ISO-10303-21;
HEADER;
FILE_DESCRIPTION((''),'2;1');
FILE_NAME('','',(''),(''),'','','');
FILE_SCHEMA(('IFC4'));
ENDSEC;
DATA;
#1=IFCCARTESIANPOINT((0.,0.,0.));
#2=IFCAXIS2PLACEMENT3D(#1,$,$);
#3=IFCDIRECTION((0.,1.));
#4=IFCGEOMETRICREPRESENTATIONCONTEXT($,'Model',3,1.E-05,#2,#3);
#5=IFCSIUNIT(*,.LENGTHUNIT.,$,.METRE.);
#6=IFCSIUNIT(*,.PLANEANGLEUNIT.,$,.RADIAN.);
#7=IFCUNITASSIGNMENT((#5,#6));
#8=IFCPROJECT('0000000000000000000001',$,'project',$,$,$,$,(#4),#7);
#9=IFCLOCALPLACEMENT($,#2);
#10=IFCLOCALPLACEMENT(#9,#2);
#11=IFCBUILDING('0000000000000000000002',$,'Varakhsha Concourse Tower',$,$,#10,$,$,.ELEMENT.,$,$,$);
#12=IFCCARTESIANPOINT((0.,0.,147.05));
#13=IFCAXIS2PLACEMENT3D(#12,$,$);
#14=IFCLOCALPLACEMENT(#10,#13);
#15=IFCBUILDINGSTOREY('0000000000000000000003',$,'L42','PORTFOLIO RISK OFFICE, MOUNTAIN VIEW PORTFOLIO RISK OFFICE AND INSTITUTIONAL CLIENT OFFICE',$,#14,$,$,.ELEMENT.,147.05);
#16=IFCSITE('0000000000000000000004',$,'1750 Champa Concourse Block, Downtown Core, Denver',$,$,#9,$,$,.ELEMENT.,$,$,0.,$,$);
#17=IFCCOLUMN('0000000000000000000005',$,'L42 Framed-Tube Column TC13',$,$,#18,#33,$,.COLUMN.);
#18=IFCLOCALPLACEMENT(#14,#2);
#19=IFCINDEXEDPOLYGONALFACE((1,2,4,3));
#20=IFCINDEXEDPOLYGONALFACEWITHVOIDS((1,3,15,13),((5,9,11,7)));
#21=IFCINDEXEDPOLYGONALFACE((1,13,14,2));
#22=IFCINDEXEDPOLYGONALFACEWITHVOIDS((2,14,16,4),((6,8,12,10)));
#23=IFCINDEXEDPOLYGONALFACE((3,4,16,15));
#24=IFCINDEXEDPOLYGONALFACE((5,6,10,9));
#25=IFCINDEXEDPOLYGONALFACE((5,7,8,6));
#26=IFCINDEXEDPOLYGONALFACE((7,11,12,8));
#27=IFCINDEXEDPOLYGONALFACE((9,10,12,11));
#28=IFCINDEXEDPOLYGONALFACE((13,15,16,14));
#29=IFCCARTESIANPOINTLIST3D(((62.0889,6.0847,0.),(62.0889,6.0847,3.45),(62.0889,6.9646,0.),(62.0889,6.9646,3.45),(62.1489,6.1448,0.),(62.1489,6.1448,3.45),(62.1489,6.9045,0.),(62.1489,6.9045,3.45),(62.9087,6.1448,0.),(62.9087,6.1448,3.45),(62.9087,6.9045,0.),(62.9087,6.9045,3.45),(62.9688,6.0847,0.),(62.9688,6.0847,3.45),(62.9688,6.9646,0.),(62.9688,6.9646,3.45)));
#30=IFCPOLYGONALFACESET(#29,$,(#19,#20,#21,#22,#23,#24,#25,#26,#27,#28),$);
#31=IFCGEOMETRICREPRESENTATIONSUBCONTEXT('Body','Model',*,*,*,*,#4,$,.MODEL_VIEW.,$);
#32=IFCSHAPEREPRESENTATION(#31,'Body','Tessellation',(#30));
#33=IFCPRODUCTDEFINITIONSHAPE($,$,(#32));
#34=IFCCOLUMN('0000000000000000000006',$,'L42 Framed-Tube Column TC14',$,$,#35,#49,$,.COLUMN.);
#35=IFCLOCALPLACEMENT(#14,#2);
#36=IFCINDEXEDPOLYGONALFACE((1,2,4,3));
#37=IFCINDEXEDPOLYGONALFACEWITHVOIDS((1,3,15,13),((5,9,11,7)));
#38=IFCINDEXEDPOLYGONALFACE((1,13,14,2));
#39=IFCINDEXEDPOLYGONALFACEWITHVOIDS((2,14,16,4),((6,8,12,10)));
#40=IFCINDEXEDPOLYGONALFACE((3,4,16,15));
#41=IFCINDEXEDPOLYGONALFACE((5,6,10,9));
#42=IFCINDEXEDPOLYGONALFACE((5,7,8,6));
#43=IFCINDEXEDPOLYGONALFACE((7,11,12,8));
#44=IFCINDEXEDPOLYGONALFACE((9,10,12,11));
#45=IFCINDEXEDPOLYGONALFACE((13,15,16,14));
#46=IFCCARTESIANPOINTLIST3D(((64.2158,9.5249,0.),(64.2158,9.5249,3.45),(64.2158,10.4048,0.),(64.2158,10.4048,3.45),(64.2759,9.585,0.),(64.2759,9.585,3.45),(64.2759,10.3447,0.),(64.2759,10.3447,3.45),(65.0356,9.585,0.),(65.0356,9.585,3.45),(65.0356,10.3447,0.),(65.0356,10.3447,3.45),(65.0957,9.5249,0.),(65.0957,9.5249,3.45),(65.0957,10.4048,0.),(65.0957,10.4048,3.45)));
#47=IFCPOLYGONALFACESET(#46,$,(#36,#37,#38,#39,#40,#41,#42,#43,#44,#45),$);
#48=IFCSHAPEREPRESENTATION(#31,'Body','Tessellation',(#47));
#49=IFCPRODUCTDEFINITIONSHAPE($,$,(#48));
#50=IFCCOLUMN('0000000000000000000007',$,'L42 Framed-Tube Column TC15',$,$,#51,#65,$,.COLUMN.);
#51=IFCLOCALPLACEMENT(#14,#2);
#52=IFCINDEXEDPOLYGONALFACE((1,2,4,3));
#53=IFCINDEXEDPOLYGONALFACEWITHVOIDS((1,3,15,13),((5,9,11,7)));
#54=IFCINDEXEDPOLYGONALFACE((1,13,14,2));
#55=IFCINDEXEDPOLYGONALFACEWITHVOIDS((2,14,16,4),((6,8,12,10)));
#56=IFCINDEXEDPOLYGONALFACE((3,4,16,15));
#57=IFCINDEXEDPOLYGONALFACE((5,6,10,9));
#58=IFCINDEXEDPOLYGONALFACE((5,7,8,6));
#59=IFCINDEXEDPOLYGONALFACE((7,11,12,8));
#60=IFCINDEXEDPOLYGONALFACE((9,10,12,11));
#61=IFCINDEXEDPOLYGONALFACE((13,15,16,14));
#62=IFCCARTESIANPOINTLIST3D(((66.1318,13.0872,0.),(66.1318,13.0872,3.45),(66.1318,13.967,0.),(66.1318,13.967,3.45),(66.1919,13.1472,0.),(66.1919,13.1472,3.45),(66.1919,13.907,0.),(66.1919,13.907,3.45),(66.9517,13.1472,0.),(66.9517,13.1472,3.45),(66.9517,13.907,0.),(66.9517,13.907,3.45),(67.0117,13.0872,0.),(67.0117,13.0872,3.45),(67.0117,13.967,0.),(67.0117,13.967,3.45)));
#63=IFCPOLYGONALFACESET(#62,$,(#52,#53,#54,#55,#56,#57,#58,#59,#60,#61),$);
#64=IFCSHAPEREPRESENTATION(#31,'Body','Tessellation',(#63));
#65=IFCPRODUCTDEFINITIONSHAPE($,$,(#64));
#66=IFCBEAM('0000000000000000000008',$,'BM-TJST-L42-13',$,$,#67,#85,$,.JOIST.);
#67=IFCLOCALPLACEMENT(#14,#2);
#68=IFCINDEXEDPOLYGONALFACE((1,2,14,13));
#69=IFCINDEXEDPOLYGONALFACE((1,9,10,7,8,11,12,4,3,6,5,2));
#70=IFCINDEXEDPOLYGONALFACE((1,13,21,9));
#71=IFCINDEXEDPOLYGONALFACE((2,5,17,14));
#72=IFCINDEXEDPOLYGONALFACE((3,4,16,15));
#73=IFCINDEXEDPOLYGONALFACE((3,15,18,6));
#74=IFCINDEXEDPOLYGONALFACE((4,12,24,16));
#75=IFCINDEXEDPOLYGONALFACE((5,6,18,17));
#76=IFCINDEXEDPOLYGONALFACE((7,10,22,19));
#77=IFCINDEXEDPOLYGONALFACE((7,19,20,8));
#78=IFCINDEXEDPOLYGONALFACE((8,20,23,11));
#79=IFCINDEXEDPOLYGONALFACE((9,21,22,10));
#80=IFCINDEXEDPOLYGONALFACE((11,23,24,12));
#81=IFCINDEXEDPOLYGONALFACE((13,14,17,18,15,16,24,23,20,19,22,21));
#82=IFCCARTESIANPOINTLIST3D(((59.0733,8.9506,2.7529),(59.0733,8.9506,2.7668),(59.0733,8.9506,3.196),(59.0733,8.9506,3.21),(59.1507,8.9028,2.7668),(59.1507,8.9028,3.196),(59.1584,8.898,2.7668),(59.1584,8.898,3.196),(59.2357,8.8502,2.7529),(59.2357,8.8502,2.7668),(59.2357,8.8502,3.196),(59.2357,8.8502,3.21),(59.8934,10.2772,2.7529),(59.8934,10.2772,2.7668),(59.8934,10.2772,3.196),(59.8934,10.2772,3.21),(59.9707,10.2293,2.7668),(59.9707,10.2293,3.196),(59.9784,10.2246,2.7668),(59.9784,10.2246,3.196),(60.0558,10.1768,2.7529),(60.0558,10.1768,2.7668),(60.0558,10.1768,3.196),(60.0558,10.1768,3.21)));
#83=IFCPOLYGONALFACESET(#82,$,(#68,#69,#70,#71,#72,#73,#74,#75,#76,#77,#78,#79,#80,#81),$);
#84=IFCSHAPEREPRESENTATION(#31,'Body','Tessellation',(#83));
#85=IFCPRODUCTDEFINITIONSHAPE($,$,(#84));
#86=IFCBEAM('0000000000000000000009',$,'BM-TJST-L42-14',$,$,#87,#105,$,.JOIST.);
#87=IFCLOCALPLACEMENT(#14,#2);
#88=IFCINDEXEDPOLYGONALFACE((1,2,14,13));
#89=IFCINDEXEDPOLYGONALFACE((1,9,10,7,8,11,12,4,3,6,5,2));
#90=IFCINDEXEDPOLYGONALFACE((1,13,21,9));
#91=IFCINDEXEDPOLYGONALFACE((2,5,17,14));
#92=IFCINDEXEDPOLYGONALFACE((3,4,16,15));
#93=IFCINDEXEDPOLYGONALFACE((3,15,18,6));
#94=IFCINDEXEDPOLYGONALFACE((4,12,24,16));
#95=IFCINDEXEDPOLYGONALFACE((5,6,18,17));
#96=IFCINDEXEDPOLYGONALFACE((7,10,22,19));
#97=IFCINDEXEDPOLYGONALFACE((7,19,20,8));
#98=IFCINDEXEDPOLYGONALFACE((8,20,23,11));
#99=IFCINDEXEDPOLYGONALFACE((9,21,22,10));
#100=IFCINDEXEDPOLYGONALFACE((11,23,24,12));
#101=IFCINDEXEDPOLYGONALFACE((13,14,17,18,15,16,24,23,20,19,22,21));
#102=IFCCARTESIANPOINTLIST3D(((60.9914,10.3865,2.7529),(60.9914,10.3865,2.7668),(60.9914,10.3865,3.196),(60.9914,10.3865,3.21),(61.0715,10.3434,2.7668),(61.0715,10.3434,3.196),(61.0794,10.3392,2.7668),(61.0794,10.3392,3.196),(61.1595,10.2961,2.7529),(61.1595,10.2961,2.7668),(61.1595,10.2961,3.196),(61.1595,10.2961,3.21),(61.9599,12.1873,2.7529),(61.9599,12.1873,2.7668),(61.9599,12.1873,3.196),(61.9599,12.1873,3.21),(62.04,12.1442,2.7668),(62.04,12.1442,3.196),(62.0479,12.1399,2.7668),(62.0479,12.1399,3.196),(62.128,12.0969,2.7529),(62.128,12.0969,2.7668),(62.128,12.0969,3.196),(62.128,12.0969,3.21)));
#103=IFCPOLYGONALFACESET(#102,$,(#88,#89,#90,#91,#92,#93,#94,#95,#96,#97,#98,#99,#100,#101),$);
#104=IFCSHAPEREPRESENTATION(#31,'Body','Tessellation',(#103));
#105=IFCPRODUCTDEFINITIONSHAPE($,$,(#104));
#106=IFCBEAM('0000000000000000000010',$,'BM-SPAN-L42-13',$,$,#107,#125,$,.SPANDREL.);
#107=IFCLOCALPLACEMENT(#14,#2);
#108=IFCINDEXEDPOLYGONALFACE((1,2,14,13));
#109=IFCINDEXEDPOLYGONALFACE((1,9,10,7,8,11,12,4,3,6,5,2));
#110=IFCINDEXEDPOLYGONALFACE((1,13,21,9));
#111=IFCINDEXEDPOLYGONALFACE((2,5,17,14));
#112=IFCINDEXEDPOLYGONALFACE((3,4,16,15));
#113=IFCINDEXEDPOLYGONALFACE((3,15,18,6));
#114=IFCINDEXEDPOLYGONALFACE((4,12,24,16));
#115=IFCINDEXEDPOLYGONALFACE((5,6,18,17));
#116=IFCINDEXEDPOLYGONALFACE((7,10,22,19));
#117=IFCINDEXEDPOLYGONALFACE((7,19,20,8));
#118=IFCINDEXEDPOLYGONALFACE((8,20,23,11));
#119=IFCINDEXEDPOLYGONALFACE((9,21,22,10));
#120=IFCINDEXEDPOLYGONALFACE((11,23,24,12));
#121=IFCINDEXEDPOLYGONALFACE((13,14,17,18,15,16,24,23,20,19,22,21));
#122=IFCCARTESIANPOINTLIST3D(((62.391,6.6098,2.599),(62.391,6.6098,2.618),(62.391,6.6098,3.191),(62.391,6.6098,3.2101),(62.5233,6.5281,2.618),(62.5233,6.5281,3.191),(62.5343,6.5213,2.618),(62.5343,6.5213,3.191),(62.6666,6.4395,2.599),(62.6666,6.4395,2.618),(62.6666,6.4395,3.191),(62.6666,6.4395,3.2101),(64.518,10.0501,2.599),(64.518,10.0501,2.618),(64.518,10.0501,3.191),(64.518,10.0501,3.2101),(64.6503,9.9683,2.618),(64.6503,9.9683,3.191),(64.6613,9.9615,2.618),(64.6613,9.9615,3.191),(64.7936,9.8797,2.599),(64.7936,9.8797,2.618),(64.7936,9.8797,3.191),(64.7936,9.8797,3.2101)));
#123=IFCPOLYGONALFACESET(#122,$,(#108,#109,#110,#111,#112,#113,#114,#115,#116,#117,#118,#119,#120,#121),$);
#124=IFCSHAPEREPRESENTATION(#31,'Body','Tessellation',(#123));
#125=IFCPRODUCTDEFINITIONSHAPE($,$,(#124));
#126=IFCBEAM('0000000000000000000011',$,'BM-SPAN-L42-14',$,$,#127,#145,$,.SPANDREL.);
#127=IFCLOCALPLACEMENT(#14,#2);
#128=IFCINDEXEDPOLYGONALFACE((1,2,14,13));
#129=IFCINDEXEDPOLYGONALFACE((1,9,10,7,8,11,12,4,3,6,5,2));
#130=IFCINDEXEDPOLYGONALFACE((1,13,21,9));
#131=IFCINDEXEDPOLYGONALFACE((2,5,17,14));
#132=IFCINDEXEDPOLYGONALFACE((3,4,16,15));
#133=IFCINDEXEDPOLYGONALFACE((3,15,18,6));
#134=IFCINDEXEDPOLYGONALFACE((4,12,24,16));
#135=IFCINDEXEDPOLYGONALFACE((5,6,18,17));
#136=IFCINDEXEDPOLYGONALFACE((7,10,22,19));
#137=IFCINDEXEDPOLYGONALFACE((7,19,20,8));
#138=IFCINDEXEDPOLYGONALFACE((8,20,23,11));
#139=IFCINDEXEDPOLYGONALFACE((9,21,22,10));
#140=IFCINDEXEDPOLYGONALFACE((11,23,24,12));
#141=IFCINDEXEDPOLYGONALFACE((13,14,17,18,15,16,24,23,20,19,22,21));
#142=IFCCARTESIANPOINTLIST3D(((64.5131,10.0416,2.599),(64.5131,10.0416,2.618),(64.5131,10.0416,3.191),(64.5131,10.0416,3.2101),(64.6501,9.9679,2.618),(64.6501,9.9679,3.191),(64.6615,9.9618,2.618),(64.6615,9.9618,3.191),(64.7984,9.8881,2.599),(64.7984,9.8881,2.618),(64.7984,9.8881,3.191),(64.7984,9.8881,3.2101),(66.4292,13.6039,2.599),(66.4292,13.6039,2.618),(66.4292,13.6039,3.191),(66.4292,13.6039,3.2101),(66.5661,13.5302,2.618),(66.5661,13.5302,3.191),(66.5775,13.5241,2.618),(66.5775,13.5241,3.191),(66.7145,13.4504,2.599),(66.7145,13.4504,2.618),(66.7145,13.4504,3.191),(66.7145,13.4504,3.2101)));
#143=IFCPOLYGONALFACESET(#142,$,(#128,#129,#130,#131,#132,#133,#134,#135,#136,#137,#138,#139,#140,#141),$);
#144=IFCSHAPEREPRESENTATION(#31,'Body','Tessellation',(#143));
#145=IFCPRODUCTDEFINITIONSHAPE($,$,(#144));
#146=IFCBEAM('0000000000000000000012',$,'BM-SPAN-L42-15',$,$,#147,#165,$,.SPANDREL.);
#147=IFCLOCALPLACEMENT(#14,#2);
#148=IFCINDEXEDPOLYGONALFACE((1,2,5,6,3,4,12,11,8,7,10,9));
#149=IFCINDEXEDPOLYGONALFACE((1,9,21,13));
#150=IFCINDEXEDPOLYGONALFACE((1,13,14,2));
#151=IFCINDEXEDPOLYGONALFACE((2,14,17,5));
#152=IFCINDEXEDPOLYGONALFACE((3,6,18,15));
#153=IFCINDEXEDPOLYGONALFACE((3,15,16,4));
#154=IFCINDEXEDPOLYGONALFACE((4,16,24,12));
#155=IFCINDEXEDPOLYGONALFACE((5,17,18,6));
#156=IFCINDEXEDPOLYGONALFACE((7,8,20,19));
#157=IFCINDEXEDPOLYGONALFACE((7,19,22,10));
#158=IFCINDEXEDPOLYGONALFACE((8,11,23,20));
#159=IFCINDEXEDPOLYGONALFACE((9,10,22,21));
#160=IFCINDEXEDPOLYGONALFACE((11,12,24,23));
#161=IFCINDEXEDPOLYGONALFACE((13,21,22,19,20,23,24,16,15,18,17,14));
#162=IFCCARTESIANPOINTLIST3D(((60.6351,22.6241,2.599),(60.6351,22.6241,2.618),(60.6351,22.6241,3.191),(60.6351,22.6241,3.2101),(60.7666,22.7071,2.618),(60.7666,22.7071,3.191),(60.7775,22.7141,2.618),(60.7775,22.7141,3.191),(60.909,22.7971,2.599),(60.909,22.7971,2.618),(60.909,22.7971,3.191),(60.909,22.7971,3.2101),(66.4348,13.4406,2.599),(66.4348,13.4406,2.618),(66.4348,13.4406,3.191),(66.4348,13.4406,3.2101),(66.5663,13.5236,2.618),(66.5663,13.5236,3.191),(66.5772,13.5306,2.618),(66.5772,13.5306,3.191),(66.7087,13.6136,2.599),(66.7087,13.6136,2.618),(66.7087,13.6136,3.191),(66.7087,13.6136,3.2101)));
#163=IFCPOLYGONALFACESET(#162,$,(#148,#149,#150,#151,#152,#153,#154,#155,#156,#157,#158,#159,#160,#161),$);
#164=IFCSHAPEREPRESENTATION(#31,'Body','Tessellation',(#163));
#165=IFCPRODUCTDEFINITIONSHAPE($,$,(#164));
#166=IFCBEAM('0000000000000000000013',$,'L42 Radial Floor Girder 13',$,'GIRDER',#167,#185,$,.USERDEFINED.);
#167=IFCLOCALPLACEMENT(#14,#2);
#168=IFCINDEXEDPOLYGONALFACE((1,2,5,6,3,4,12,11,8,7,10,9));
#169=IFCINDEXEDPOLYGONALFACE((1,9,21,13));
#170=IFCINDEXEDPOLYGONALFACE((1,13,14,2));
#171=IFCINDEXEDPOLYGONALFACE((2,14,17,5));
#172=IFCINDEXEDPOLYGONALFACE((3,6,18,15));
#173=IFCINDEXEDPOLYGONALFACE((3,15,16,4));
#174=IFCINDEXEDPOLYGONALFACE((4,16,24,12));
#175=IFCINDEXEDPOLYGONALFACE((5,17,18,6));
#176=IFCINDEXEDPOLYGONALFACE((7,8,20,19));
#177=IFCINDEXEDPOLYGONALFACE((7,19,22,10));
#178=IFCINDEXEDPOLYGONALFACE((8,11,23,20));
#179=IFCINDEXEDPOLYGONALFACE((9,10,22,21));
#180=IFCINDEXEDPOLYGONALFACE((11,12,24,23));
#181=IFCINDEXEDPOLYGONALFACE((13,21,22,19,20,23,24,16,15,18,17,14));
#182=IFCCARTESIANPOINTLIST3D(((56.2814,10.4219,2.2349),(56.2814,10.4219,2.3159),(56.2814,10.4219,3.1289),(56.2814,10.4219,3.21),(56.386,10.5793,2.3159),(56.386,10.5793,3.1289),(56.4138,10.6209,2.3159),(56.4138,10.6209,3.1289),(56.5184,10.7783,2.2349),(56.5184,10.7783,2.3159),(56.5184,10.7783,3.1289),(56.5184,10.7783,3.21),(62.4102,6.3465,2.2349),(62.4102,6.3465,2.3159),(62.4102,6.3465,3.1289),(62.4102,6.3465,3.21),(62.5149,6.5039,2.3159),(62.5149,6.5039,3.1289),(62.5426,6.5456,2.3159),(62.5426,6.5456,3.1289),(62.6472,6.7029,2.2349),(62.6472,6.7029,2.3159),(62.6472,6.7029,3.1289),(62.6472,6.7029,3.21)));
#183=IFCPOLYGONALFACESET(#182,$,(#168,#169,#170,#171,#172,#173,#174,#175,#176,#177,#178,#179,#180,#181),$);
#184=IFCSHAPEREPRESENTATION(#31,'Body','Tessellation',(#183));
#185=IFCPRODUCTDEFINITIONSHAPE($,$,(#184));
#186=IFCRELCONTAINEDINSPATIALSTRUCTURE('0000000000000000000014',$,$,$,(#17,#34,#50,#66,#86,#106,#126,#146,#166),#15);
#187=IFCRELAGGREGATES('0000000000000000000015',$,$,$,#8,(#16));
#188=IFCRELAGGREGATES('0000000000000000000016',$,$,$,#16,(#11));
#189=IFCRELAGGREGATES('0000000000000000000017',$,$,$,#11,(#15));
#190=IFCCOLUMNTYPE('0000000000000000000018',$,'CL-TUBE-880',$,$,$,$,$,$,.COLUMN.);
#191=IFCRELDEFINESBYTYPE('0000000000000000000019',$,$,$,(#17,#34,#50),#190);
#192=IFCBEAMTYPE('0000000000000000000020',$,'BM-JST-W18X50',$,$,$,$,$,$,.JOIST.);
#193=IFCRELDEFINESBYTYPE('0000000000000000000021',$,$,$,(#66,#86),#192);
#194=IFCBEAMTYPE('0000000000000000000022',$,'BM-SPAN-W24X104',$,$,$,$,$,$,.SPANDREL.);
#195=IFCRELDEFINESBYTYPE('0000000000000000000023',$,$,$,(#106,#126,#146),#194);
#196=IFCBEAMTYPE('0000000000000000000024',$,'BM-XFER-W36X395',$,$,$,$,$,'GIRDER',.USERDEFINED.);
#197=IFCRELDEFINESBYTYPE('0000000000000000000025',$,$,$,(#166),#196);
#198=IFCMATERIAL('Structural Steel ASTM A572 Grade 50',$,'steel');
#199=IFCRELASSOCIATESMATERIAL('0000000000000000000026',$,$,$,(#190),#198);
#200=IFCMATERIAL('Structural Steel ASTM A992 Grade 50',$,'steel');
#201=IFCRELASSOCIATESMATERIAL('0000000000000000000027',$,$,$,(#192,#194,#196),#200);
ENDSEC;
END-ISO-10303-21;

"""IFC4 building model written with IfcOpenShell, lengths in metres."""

from ifc_helpers import new_model, si_unit, direction, frame, origin, origin_2d, place, context, subcontext, project, spatial, hollow_rectangle, i_section, extrude, material, material_profile, profile_set, type_object, element, save


model = new_model("IFC4")

# Units and contexts
model_context = context("Model", 3, precision=1e-05, world=origin(), true_north=direction((0.0, 1.0)))
body_context = subcontext(model_context, "Body", "Model", "MODEL_VIEW")
ifc_project = project(units=[si_unit("LENGTHUNIT", "METRE"), si_unit("PLANEANGLEUNIT", "RADIAN")], contexts=[model_context])

# Site, building, storey
site_placement = place(None, origin())
site = spatial("IfcSite", under=ifc_project, at=site_placement, Name="1750 Champa Concourse Block, Downtown Core, Denver", CompositionType="ELEMENT", RefElevation=0.0)
building_placement = place(site_placement, origin())
building = spatial("IfcBuilding", under=site, at=building_placement, Name="Varakhsha Concourse Tower", CompositionType="ELEMENT")
storey_placement = place(building_placement, frame((0.0, 0.0, 147.05)))
storey = spatial("IfcBuildingStorey", under=building, at=storey_placement, Name="L42", Description="PORTFOLIO RISK OFFICE, MOUNTAIN VIEW PORTFOLIO RISK OFFICE AND INSTITUTIONAL CLIENT OFFICE", CompositionType="ELEMENT", Elevation=147.05)

# Columns
ifc_material_1 = material(Name="Structural Steel ASTM A572 Grade 50", Category="steel")
ifc_material_profile_1 = material_profile(ifc_material_1, hollow_rectangle(XDim=0.8799, YDim=0.8799, WallThickness=0.0601, at=origin_2d()), Name="BOX 880x880x60")
ifc_profile_set_1 = profile_set([ifc_material_profile_1], Name="Structural Steel ASTM A572 Grade 50")
column_type = type_object("IfcColumnType", Name="CL-TUBE-880", PredefinedType="COLUMN", material=ifc_profile_set_1)
for number, where, z_axis, x_axis, name in (
    (1, (62.5288, 6.5247, 0.0), (0.0, 0.0, 1.0), (1.0, 0.0, 0.0), "L42 Framed-Tube Column TC13"),
    (2, (64.6558, 9.9648, 0.0), (0.0, 0.0, 1.0), (1.0, 0.0, 0.0), "L42 Framed-Tube Column TC14"),
    (3, (66.5718, 13.5271, 0.0), (0.0, 0.0, 1.0), (1.0, 0.0, 0.0), "L42 Framed-Tube Column TC15"),
):
    element("IfcColumn", number, at=place(storey_placement, frame(where, z_axis=z_axis, x_axis=x_axis)), inside=storey, type_object=column_type, Name=name, PredefinedType="COLUMN", context=body_context, shape_type="SweptSolid", body=[
        extrude(hollow_rectangle(XDim=0.8799, YDim=0.8799, WallThickness=0.0601, at=origin_2d()), origin(), (0.0, 0.0, 1.0), 3.45),
    ])

# Beams
ifc_material_2 = material(Name="Structural Steel ASTM A992 Grade 50", Category="steel")
ifc_material_profile_2 = material_profile(ifc_material_2, i_section(OverallWidth=0.1909, OverallDepth=0.457, WebThickness=0.009, FlangeThickness=0.0139, at=origin_2d()), Name="W18X50")
ifc_profile_set_2 = profile_set([ifc_material_profile_2], Name="Structural Steel ASTM A992 Grade 50")
beam_type_1 = type_object("IfcBeamType", Name="BM-JST-W18X50", PredefinedType="JOIST", material=ifc_profile_set_2)
beam_1_placement = place(storey_placement, frame((59.1545, 8.9004, 2.9814), z_axis=(0.525799, 0.850609, 0.0), x_axis=(-0.850609, 0.525799, 0.0)))
element("IfcBeam", 4, at=beam_1_placement, inside=storey, type_object=beam_type_1, Name="BM-TJST-L42-13", PredefinedType="JOIST", context=body_context, shape_type="SweptSolid", body=[
    extrude(i_section(OverallWidth=0.1909, OverallDepth=0.457, WebThickness=0.009, FlangeThickness=0.0139, at=origin_2d()), origin(), (0.0, 0.0, 1.0), 1.5596),
])
beam_2_placement = place(storey_placement, frame((61.0754, 10.3413, 2.9814), z_axis=(0.473665, 0.880705, 0.0), x_axis=(-0.880705, 0.473665, 0.0)))
element("IfcBeam", 5, at=beam_2_placement, inside=storey, type_object=beam_type_1, Name="BM-TJST-L42-14", PredefinedType="JOIST", context=body_context, shape_type="SweptSolid", body=[
    extrude(i_section(OverallWidth=0.1909, OverallDepth=0.457, WebThickness=0.009, FlangeThickness=0.0139, at=origin_2d()), origin(), (0.0, 0.0, 1.0), 2.0447),
])
ifc_material_profile_3 = material_profile(ifc_material_2, i_section(OverallWidth=0.324, OverallDepth=0.6111, WebThickness=0.0129, FlangeThickness=0.019, at=origin_2d()), Name="W24X104")
ifc_profile_set_3 = profile_set([ifc_material_profile_3], Name="Structural Steel ASTM A992 Grade 50")
beam_type_2 = type_object("IfcBeamType", Name="BM-SPAN-W24X104", PredefinedType="SPANDREL", material=ifc_profile_set_3)
beam_3_placement = place(storey_placement, frame((62.5288, 6.5247, 2.9045), z_axis=(0.525875, 0.850562, 0.0), x_axis=(-0.850562, 0.525875, 0.0)))
element("IfcBeam", 6, at=beam_3_placement, inside=storey, type_object=beam_type_2, Name="BM-SPAN-L42-13", PredefinedType="SPANDREL", context=body_context, shape_type="SweptSolid", body=[
    extrude(i_section(OverallWidth=0.324, OverallDepth=0.6111, WebThickness=0.0129, FlangeThickness=0.019, at=origin_2d()), origin(), (0.0, 0.0, 1.0), 4.0447),
])
beam_4_placement = place(storey_placement, frame((64.6558, 9.9648, 2.9045), z_axis=(0.473693, 0.88069, 0.0), x_axis=(-0.88069, 0.473693, 0.0)))
element("IfcBeam", 7, at=beam_4_placement, inside=storey, type_object=beam_type_2, Name="BM-SPAN-L42-14", PredefinedType="SPANDREL", context=body_context, shape_type="SweptSolid", body=[
    extrude(i_section(OverallWidth=0.324, OverallDepth=0.6111, WebThickness=0.0129, FlangeThickness=0.019, at=origin_2d()), origin(), (0.0, 0.0, 1.0), 4.0449),
])
beam_5_placement = place(storey_placement, frame((66.5718, 13.5271, 2.9045), z_axis=(-0.533969, 0.845504, 0.0), x_axis=(-0.845504, -0.533969, 0.0)))
element("IfcBeam", 8, at=beam_5_placement, inside=storey, type_object=beam_type_2, Name="BM-SPAN-L42-15", PredefinedType="SPANDREL", context=body_context, shape_type="SweptSolid", body=[
    extrude(i_section(OverallWidth=0.324, OverallDepth=0.6111, WebThickness=0.0129, FlangeThickness=0.019, at=origin_2d()), origin(), (0.0, 0.0, 1.0), 10.8616),
])
ifc_material_profile_4 = material_profile(ifc_material_2, i_section(OverallWidth=0.428, OverallDepth=0.9751, WebThickness=0.05, FlangeThickness=0.0811, at=origin_2d()), Name="W36X395")
ifc_profile_set_4 = profile_set([ifc_material_profile_4], Name="Structural Steel ASTM A992 Grade 50")
beam_type_3 = type_object("IfcBeamType", Name="BM-XFER-W36X395", ElementType="GIRDER", PredefinedType="USERDEFINED", material=ifc_profile_set_4)
beam_6_placement = place(storey_placement, frame((56.3999, 10.6001, 2.7224), z_axis=(0.832708, -0.553712, 0.0), x_axis=(0.553712, 0.832708, 0.0)))
element("IfcBeam", 9, at=beam_6_placement, inside=storey, type_object=beam_type_3, Name="L42 Radial Floor Girder 13", ObjectType="GIRDER", PredefinedType="USERDEFINED", context=body_context, shape_type="SweptSolid", body=[
    extrude(i_section(OverallWidth=0.428, OverallDepth=0.9751, WebThickness=0.05, FlangeThickness=0.0811, at=origin_2d()), origin(), (0.0, 0.0, 1.0), 7.3601),
])

save(model, "model.ifc")
